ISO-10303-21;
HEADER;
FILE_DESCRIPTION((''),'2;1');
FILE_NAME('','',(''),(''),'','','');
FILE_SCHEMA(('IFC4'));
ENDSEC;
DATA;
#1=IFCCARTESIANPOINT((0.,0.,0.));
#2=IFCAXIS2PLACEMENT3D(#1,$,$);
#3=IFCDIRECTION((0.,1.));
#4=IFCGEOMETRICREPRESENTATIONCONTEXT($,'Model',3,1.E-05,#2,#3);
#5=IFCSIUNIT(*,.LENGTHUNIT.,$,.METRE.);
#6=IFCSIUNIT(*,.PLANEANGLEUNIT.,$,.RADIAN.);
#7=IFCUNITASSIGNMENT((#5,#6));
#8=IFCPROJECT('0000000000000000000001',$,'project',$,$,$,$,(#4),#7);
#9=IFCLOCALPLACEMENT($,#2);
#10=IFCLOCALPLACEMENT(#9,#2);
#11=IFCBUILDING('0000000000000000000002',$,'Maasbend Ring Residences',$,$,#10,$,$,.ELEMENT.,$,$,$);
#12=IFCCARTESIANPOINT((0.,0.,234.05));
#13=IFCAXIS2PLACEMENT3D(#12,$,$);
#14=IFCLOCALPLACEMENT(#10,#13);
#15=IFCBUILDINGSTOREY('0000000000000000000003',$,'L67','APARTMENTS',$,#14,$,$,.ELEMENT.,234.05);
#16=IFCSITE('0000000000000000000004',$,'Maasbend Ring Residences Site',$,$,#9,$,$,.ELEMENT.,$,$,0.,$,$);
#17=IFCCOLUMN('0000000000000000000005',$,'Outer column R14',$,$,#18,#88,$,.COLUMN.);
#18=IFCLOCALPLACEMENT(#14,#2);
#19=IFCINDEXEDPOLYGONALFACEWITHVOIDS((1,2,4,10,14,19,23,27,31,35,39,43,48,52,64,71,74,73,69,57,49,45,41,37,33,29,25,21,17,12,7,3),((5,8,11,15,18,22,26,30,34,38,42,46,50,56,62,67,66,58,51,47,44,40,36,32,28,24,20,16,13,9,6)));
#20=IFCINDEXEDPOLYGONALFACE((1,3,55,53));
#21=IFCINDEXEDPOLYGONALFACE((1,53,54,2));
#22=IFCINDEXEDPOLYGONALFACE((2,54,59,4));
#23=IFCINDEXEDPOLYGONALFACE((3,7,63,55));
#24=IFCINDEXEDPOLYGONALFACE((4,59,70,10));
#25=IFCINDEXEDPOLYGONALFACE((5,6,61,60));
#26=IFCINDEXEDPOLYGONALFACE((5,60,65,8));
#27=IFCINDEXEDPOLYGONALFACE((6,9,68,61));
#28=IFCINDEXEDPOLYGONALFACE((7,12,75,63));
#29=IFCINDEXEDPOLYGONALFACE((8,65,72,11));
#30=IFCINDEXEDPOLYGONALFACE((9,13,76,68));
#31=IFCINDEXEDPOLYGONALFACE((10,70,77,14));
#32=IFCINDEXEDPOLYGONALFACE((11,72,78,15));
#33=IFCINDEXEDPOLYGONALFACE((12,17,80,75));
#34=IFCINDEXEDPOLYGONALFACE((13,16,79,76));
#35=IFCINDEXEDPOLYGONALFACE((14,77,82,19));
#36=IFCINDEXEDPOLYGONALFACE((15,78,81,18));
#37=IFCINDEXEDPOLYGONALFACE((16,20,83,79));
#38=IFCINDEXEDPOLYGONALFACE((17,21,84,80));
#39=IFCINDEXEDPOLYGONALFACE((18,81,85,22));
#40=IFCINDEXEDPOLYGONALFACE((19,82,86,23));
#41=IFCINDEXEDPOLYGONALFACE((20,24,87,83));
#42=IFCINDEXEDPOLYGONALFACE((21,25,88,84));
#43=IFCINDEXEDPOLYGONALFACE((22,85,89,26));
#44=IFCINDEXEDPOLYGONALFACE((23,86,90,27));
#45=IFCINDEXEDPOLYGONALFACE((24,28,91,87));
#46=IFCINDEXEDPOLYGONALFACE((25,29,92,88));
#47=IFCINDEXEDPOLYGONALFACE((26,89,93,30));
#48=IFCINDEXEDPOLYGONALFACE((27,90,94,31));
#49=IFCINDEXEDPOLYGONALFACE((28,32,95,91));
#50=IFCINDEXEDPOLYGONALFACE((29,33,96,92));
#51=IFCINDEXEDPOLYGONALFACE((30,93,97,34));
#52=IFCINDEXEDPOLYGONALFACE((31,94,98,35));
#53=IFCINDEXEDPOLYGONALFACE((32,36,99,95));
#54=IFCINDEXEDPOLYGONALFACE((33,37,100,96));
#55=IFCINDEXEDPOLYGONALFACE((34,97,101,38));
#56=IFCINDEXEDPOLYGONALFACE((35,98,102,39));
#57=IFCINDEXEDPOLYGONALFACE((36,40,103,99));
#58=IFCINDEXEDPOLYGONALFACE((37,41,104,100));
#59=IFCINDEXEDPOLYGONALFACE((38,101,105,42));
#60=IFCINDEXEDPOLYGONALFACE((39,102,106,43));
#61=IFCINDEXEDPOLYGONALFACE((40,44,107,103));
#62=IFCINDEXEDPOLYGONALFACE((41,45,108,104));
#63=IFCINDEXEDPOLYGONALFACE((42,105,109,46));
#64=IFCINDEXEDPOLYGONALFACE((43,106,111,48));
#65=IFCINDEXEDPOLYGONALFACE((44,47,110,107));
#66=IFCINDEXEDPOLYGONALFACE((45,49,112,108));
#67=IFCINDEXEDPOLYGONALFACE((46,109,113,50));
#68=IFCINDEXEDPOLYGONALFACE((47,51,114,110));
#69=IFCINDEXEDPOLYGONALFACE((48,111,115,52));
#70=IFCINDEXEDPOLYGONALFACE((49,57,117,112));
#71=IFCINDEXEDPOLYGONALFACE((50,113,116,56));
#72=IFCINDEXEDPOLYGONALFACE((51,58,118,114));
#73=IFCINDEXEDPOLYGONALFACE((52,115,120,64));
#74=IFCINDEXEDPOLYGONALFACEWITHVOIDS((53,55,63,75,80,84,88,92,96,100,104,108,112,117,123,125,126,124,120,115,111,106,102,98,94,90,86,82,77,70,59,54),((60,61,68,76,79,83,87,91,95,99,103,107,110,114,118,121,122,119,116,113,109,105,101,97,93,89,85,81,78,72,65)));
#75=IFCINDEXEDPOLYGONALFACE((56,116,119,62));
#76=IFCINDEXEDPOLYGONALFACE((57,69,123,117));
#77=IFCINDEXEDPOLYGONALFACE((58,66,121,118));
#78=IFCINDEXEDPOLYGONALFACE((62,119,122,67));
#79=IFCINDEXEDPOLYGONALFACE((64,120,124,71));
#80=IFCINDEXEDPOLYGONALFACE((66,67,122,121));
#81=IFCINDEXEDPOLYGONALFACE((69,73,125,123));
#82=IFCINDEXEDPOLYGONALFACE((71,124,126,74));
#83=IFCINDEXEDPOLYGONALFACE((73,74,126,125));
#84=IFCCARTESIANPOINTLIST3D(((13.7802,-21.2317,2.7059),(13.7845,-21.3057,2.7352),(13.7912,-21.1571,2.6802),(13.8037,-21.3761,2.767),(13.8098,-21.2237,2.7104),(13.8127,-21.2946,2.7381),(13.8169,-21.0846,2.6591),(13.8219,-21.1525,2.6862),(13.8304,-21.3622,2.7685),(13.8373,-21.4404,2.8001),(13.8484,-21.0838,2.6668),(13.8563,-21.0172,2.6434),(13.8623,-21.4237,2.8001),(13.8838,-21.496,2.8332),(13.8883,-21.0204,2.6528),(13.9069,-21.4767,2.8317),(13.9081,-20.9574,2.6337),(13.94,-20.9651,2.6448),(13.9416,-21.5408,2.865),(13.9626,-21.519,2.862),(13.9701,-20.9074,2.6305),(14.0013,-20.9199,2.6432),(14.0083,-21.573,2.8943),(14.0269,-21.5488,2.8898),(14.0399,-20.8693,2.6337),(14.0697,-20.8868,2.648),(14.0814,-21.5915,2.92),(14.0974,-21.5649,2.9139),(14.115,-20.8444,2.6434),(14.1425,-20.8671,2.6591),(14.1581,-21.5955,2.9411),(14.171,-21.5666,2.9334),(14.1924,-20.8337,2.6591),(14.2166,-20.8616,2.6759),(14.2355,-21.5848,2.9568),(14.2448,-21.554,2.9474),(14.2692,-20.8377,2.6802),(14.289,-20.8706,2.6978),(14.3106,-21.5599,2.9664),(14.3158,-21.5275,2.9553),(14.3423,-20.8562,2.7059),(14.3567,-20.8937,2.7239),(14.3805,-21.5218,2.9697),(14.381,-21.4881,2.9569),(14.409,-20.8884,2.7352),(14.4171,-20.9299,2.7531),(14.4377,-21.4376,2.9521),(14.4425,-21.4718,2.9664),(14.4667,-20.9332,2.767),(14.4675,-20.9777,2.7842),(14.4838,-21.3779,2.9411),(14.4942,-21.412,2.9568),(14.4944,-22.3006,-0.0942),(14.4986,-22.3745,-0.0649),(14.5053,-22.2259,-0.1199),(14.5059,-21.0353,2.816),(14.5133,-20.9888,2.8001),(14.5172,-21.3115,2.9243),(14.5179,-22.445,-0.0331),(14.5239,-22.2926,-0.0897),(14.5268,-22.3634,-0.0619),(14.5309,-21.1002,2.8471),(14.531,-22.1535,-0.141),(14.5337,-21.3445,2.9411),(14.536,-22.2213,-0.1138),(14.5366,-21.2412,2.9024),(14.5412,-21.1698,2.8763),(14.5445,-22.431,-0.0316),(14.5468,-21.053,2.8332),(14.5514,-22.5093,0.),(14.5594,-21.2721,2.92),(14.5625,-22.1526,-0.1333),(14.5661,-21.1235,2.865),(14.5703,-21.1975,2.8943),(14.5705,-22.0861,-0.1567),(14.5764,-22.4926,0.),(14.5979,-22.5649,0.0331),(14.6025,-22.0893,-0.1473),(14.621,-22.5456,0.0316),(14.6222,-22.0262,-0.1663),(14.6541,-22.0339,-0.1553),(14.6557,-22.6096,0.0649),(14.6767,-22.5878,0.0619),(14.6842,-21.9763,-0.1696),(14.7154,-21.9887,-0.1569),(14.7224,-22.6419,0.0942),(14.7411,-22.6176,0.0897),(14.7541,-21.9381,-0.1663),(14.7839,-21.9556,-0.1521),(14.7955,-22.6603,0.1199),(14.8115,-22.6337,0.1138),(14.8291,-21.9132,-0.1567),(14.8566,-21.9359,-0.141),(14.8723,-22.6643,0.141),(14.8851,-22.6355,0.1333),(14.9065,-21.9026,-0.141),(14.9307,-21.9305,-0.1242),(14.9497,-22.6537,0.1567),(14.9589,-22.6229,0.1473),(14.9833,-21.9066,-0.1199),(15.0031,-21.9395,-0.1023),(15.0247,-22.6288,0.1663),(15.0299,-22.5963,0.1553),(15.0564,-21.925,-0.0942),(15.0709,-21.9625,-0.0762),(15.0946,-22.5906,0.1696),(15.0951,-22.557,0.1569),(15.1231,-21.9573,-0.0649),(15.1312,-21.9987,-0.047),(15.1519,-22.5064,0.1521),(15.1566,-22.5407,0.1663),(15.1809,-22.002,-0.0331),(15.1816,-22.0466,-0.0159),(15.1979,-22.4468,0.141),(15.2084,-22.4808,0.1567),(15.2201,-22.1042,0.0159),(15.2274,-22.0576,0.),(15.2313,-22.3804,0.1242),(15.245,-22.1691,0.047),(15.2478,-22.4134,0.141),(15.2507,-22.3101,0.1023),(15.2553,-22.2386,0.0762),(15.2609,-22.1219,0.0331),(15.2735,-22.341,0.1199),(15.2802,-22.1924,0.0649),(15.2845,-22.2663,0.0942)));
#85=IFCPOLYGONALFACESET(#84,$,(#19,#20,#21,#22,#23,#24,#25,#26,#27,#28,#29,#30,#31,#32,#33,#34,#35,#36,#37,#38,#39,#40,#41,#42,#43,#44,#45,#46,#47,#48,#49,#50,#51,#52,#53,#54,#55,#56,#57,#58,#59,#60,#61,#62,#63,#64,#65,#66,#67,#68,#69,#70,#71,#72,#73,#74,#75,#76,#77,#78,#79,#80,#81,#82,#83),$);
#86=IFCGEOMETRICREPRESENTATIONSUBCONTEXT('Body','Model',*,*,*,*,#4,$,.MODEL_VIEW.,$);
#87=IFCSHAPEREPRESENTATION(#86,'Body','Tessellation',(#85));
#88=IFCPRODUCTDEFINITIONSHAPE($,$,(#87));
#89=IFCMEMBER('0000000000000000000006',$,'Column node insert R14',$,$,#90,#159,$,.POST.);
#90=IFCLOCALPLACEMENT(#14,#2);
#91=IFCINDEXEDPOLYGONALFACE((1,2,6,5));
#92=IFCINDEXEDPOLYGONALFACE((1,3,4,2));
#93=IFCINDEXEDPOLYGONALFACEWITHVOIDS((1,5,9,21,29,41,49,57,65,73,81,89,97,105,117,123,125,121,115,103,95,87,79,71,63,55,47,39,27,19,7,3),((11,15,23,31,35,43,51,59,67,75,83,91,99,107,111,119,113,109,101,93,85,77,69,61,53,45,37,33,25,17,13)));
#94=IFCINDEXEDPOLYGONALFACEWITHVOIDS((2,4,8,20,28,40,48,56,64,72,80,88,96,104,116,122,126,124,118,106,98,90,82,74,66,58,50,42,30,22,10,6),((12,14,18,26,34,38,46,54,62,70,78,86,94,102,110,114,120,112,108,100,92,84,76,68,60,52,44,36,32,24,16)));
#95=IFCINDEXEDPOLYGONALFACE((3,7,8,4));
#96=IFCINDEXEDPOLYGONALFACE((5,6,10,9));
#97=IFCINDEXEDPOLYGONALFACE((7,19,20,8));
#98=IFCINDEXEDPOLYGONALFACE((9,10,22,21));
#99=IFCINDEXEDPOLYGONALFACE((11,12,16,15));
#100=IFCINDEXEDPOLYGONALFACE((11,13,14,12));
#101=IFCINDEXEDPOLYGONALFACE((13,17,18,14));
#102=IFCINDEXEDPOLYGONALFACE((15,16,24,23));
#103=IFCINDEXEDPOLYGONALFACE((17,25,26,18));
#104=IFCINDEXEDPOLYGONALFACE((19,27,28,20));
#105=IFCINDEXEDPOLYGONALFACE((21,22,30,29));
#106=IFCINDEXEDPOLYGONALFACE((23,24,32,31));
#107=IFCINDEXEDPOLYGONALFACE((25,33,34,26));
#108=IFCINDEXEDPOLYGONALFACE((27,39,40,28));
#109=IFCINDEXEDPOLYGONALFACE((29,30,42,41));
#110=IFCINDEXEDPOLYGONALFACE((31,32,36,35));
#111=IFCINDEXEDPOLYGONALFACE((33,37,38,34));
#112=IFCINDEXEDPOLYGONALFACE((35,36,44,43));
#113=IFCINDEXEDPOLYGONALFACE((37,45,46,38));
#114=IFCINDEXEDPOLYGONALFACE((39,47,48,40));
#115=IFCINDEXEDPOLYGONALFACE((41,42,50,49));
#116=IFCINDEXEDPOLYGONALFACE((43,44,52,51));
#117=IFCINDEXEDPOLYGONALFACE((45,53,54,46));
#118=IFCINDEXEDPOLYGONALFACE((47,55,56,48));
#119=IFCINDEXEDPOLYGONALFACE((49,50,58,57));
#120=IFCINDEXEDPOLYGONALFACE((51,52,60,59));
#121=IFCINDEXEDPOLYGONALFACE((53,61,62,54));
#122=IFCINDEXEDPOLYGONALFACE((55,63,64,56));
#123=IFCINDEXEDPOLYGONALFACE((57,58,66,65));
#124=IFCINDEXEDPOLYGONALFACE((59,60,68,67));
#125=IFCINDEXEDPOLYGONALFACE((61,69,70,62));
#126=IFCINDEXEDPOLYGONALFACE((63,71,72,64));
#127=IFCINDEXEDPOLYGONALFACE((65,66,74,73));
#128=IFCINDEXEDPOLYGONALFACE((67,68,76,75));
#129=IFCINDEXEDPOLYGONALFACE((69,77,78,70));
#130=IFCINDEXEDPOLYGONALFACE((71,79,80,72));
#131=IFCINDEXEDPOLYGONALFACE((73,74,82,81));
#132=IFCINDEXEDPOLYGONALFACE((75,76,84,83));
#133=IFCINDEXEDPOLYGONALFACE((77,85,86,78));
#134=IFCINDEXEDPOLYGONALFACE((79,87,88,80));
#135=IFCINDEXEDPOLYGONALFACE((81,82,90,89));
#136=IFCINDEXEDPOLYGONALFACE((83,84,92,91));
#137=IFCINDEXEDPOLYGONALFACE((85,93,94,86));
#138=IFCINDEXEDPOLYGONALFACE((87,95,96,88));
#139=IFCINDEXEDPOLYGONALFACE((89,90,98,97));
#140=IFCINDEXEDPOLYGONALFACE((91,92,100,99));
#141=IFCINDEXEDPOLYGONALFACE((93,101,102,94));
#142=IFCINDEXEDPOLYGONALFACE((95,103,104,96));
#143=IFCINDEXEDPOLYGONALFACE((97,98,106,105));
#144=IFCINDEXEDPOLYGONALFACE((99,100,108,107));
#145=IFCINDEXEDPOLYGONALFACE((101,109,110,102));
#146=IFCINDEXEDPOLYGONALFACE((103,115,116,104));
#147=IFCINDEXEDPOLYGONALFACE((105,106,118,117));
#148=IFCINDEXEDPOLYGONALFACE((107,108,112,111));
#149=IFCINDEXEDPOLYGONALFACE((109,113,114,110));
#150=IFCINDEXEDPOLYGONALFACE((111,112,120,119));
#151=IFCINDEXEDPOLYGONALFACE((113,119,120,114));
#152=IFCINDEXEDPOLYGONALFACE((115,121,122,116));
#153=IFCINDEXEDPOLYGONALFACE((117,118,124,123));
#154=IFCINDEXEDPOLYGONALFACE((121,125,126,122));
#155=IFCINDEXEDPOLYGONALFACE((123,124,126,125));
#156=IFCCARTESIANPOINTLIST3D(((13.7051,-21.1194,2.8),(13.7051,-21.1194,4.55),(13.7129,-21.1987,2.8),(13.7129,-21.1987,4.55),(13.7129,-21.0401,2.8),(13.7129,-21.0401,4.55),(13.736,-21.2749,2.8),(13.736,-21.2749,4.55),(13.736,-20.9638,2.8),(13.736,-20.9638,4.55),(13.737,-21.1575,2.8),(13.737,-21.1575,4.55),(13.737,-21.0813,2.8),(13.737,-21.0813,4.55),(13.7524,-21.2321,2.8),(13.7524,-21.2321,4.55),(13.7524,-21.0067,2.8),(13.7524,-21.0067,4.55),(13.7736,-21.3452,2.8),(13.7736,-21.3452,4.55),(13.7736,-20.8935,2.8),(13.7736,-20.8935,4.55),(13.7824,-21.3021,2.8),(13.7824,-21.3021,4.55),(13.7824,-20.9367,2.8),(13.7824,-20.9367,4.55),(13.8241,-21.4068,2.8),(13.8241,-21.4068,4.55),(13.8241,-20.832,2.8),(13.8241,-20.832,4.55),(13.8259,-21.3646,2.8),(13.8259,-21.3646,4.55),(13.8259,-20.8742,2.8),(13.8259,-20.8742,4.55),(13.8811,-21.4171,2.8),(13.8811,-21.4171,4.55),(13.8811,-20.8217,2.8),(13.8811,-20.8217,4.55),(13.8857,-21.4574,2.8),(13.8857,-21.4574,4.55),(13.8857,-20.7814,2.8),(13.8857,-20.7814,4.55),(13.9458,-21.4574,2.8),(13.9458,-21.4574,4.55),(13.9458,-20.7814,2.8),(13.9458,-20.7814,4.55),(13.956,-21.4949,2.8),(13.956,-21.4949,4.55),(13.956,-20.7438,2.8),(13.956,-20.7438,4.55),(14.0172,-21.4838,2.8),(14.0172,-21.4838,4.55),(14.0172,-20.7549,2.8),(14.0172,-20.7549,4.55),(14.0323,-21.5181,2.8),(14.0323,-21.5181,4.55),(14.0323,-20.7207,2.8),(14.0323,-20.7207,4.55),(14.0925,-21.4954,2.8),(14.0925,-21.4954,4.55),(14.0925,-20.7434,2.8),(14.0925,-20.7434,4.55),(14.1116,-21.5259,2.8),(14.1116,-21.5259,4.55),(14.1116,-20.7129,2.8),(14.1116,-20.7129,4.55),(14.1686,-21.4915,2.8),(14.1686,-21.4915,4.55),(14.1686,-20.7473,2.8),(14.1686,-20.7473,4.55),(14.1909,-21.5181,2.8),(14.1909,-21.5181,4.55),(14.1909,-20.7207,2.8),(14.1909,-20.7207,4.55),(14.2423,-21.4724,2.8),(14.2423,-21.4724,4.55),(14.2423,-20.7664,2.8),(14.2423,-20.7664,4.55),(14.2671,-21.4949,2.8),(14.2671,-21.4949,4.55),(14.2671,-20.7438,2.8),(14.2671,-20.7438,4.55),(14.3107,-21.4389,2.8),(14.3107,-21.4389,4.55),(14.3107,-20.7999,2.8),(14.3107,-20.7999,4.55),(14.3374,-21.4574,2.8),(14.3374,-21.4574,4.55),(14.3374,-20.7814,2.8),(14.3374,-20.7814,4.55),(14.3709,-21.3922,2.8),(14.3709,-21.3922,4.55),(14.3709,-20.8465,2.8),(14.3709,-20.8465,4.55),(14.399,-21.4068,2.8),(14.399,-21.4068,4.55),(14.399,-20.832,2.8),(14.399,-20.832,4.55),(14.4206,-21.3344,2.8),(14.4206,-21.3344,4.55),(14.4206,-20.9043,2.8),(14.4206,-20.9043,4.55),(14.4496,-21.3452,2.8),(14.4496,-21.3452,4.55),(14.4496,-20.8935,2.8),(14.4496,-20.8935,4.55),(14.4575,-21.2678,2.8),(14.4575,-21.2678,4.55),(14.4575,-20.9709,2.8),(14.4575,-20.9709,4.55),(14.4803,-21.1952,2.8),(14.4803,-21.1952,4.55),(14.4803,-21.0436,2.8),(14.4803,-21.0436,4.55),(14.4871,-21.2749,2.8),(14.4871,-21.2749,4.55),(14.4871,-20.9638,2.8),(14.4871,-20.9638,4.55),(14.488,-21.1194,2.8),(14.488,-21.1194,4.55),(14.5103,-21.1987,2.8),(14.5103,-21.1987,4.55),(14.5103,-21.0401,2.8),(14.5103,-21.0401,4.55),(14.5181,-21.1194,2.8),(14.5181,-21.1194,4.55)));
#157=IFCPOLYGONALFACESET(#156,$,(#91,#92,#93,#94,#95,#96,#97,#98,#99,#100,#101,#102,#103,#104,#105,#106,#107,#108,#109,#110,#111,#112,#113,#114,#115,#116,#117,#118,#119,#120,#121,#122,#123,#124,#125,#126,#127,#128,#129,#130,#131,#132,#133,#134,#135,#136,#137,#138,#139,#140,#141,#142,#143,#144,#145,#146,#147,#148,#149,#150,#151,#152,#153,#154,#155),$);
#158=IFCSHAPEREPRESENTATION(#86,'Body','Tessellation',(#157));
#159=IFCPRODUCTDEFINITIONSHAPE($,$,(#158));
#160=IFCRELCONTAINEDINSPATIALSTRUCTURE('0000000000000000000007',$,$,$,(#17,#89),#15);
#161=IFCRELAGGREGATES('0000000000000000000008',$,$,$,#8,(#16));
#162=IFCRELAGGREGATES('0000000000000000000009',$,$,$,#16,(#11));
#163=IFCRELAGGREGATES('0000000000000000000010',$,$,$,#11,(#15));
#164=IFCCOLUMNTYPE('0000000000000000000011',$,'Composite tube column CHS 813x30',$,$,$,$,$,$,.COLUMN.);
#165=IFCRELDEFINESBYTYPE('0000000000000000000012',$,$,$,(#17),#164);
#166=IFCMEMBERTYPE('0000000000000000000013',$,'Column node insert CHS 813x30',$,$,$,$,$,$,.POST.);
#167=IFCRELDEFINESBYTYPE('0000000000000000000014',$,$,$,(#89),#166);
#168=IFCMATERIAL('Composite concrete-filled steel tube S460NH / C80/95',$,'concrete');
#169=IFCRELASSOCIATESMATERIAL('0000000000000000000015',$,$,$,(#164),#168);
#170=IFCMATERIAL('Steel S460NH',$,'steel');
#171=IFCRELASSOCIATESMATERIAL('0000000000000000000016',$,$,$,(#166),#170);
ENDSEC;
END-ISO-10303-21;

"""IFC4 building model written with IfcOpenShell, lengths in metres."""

from ifc_helpers import new_model, si_unit, direction, frame, origin, origin_2d, place, context, subcontext, project, spatial, hollow_circle, extrude, material, material_profile, profile_set, type_object, element, save


model = new_model("IFC4")

# Units and contexts
model_context = context("Model", 3, precision=1e-05, world=origin(), true_north=direction((0.0, 1.0)))
body_context = subcontext(model_context, "Body", "Model", "MODEL_VIEW")
ifc_project = project(units=[si_unit("LENGTHUNIT", "METRE"), si_unit("PLANEANGLEUNIT", "RADIAN")], contexts=[model_context])

# Site, building, storey
site_placement = place(None, origin())
site = spatial("IfcSite", under=ifc_project, at=site_placement, Name="Maasbend Ring Residences Site", CompositionType="ELEMENT", RefElevation=0.0)
building_placement = place(site_placement, origin())
building = spatial("IfcBuilding", under=site, at=building_placement, Name="Maasbend Ring Residences", CompositionType="ELEMENT")
storey_placement = place(building_placement, frame((0.0, 0.0, 234.05)))
storey = spatial("IfcBuildingStorey", under=building, at=storey_placement, Name="L67", Description="APARTMENTS", CompositionType="ELEMENT", Elevation=234.05)

# Column
ifc_material_1 = material(Name="Composite concrete-filled steel tube S460NH / C80/95", Category="concrete")
ifc_material_profile_1 = material_profile(ifc_material_1, hollow_circle(Radius=0.4065, WallThickness=0.03, at=origin_2d()), Name="Composite tube column CHS 813x30")
ifc_profile_set_1 = profile_set([ifc_material_profile_1], Name="Composite concrete-filled steel tube S460NH / C80/95")
column_type = type_object("IfcColumnType", Name="Composite tube column CHS 813x30", PredefinedType="COLUMN", material=ifc_profile_set_1)
column_placement = place(storey_placement, frame((14.8894, -22.2834, 0.0), z_axis=(-0.231778, 0.346914, 0.908807), x_axis=(-0.831495, -0.555533, 0.0)))
element("IfcColumn", 1, at=column_placement, inside=storey, type_object=column_type, Name="Outer column R14", PredefinedType="COLUMN", context=body_context, shape_type="SweptSolid", body=[
    extrude(hollow_circle(Radius=0.4065, WallThickness=0.03, at=origin_2d()), origin(), (0.0, 0.0, 1.0), 3.0811),
])

# Member
ifc_material_2 = material(Name="Steel S460NH", Category="steel")
ifc_material_profile_2 = material_profile(ifc_material_2, hollow_circle(Radius=0.4065, WallThickness=0.03, at=origin_2d()), Name="Column node insert CHS 813x30")
ifc_profile_set_2 = profile_set([ifc_material_profile_2], Name="Steel S460NH")
member_type = type_object("IfcMemberType", Name="Column node insert CHS 813x30", PredefinedType="POST", material=ifc_profile_set_2)
member_placement = place(storey_placement, frame((14.1116, -21.1194, 2.8), z_axis=(0.0, 0.0, 1.0), x_axis=(1.0, 0.0, 0.0)))
element("IfcMember", 2, at=member_placement, inside=storey, type_object=member_type, Name="Column node insert R14", PredefinedType="POST", context=body_context, shape_type="SweptSolid", body=[
    extrude(hollow_circle(Radius=0.4065, WallThickness=0.03, at=origin_2d()), origin(), (0.0, 0.0, 1.0), 1.75),
])

save(model, "model.ifc")
